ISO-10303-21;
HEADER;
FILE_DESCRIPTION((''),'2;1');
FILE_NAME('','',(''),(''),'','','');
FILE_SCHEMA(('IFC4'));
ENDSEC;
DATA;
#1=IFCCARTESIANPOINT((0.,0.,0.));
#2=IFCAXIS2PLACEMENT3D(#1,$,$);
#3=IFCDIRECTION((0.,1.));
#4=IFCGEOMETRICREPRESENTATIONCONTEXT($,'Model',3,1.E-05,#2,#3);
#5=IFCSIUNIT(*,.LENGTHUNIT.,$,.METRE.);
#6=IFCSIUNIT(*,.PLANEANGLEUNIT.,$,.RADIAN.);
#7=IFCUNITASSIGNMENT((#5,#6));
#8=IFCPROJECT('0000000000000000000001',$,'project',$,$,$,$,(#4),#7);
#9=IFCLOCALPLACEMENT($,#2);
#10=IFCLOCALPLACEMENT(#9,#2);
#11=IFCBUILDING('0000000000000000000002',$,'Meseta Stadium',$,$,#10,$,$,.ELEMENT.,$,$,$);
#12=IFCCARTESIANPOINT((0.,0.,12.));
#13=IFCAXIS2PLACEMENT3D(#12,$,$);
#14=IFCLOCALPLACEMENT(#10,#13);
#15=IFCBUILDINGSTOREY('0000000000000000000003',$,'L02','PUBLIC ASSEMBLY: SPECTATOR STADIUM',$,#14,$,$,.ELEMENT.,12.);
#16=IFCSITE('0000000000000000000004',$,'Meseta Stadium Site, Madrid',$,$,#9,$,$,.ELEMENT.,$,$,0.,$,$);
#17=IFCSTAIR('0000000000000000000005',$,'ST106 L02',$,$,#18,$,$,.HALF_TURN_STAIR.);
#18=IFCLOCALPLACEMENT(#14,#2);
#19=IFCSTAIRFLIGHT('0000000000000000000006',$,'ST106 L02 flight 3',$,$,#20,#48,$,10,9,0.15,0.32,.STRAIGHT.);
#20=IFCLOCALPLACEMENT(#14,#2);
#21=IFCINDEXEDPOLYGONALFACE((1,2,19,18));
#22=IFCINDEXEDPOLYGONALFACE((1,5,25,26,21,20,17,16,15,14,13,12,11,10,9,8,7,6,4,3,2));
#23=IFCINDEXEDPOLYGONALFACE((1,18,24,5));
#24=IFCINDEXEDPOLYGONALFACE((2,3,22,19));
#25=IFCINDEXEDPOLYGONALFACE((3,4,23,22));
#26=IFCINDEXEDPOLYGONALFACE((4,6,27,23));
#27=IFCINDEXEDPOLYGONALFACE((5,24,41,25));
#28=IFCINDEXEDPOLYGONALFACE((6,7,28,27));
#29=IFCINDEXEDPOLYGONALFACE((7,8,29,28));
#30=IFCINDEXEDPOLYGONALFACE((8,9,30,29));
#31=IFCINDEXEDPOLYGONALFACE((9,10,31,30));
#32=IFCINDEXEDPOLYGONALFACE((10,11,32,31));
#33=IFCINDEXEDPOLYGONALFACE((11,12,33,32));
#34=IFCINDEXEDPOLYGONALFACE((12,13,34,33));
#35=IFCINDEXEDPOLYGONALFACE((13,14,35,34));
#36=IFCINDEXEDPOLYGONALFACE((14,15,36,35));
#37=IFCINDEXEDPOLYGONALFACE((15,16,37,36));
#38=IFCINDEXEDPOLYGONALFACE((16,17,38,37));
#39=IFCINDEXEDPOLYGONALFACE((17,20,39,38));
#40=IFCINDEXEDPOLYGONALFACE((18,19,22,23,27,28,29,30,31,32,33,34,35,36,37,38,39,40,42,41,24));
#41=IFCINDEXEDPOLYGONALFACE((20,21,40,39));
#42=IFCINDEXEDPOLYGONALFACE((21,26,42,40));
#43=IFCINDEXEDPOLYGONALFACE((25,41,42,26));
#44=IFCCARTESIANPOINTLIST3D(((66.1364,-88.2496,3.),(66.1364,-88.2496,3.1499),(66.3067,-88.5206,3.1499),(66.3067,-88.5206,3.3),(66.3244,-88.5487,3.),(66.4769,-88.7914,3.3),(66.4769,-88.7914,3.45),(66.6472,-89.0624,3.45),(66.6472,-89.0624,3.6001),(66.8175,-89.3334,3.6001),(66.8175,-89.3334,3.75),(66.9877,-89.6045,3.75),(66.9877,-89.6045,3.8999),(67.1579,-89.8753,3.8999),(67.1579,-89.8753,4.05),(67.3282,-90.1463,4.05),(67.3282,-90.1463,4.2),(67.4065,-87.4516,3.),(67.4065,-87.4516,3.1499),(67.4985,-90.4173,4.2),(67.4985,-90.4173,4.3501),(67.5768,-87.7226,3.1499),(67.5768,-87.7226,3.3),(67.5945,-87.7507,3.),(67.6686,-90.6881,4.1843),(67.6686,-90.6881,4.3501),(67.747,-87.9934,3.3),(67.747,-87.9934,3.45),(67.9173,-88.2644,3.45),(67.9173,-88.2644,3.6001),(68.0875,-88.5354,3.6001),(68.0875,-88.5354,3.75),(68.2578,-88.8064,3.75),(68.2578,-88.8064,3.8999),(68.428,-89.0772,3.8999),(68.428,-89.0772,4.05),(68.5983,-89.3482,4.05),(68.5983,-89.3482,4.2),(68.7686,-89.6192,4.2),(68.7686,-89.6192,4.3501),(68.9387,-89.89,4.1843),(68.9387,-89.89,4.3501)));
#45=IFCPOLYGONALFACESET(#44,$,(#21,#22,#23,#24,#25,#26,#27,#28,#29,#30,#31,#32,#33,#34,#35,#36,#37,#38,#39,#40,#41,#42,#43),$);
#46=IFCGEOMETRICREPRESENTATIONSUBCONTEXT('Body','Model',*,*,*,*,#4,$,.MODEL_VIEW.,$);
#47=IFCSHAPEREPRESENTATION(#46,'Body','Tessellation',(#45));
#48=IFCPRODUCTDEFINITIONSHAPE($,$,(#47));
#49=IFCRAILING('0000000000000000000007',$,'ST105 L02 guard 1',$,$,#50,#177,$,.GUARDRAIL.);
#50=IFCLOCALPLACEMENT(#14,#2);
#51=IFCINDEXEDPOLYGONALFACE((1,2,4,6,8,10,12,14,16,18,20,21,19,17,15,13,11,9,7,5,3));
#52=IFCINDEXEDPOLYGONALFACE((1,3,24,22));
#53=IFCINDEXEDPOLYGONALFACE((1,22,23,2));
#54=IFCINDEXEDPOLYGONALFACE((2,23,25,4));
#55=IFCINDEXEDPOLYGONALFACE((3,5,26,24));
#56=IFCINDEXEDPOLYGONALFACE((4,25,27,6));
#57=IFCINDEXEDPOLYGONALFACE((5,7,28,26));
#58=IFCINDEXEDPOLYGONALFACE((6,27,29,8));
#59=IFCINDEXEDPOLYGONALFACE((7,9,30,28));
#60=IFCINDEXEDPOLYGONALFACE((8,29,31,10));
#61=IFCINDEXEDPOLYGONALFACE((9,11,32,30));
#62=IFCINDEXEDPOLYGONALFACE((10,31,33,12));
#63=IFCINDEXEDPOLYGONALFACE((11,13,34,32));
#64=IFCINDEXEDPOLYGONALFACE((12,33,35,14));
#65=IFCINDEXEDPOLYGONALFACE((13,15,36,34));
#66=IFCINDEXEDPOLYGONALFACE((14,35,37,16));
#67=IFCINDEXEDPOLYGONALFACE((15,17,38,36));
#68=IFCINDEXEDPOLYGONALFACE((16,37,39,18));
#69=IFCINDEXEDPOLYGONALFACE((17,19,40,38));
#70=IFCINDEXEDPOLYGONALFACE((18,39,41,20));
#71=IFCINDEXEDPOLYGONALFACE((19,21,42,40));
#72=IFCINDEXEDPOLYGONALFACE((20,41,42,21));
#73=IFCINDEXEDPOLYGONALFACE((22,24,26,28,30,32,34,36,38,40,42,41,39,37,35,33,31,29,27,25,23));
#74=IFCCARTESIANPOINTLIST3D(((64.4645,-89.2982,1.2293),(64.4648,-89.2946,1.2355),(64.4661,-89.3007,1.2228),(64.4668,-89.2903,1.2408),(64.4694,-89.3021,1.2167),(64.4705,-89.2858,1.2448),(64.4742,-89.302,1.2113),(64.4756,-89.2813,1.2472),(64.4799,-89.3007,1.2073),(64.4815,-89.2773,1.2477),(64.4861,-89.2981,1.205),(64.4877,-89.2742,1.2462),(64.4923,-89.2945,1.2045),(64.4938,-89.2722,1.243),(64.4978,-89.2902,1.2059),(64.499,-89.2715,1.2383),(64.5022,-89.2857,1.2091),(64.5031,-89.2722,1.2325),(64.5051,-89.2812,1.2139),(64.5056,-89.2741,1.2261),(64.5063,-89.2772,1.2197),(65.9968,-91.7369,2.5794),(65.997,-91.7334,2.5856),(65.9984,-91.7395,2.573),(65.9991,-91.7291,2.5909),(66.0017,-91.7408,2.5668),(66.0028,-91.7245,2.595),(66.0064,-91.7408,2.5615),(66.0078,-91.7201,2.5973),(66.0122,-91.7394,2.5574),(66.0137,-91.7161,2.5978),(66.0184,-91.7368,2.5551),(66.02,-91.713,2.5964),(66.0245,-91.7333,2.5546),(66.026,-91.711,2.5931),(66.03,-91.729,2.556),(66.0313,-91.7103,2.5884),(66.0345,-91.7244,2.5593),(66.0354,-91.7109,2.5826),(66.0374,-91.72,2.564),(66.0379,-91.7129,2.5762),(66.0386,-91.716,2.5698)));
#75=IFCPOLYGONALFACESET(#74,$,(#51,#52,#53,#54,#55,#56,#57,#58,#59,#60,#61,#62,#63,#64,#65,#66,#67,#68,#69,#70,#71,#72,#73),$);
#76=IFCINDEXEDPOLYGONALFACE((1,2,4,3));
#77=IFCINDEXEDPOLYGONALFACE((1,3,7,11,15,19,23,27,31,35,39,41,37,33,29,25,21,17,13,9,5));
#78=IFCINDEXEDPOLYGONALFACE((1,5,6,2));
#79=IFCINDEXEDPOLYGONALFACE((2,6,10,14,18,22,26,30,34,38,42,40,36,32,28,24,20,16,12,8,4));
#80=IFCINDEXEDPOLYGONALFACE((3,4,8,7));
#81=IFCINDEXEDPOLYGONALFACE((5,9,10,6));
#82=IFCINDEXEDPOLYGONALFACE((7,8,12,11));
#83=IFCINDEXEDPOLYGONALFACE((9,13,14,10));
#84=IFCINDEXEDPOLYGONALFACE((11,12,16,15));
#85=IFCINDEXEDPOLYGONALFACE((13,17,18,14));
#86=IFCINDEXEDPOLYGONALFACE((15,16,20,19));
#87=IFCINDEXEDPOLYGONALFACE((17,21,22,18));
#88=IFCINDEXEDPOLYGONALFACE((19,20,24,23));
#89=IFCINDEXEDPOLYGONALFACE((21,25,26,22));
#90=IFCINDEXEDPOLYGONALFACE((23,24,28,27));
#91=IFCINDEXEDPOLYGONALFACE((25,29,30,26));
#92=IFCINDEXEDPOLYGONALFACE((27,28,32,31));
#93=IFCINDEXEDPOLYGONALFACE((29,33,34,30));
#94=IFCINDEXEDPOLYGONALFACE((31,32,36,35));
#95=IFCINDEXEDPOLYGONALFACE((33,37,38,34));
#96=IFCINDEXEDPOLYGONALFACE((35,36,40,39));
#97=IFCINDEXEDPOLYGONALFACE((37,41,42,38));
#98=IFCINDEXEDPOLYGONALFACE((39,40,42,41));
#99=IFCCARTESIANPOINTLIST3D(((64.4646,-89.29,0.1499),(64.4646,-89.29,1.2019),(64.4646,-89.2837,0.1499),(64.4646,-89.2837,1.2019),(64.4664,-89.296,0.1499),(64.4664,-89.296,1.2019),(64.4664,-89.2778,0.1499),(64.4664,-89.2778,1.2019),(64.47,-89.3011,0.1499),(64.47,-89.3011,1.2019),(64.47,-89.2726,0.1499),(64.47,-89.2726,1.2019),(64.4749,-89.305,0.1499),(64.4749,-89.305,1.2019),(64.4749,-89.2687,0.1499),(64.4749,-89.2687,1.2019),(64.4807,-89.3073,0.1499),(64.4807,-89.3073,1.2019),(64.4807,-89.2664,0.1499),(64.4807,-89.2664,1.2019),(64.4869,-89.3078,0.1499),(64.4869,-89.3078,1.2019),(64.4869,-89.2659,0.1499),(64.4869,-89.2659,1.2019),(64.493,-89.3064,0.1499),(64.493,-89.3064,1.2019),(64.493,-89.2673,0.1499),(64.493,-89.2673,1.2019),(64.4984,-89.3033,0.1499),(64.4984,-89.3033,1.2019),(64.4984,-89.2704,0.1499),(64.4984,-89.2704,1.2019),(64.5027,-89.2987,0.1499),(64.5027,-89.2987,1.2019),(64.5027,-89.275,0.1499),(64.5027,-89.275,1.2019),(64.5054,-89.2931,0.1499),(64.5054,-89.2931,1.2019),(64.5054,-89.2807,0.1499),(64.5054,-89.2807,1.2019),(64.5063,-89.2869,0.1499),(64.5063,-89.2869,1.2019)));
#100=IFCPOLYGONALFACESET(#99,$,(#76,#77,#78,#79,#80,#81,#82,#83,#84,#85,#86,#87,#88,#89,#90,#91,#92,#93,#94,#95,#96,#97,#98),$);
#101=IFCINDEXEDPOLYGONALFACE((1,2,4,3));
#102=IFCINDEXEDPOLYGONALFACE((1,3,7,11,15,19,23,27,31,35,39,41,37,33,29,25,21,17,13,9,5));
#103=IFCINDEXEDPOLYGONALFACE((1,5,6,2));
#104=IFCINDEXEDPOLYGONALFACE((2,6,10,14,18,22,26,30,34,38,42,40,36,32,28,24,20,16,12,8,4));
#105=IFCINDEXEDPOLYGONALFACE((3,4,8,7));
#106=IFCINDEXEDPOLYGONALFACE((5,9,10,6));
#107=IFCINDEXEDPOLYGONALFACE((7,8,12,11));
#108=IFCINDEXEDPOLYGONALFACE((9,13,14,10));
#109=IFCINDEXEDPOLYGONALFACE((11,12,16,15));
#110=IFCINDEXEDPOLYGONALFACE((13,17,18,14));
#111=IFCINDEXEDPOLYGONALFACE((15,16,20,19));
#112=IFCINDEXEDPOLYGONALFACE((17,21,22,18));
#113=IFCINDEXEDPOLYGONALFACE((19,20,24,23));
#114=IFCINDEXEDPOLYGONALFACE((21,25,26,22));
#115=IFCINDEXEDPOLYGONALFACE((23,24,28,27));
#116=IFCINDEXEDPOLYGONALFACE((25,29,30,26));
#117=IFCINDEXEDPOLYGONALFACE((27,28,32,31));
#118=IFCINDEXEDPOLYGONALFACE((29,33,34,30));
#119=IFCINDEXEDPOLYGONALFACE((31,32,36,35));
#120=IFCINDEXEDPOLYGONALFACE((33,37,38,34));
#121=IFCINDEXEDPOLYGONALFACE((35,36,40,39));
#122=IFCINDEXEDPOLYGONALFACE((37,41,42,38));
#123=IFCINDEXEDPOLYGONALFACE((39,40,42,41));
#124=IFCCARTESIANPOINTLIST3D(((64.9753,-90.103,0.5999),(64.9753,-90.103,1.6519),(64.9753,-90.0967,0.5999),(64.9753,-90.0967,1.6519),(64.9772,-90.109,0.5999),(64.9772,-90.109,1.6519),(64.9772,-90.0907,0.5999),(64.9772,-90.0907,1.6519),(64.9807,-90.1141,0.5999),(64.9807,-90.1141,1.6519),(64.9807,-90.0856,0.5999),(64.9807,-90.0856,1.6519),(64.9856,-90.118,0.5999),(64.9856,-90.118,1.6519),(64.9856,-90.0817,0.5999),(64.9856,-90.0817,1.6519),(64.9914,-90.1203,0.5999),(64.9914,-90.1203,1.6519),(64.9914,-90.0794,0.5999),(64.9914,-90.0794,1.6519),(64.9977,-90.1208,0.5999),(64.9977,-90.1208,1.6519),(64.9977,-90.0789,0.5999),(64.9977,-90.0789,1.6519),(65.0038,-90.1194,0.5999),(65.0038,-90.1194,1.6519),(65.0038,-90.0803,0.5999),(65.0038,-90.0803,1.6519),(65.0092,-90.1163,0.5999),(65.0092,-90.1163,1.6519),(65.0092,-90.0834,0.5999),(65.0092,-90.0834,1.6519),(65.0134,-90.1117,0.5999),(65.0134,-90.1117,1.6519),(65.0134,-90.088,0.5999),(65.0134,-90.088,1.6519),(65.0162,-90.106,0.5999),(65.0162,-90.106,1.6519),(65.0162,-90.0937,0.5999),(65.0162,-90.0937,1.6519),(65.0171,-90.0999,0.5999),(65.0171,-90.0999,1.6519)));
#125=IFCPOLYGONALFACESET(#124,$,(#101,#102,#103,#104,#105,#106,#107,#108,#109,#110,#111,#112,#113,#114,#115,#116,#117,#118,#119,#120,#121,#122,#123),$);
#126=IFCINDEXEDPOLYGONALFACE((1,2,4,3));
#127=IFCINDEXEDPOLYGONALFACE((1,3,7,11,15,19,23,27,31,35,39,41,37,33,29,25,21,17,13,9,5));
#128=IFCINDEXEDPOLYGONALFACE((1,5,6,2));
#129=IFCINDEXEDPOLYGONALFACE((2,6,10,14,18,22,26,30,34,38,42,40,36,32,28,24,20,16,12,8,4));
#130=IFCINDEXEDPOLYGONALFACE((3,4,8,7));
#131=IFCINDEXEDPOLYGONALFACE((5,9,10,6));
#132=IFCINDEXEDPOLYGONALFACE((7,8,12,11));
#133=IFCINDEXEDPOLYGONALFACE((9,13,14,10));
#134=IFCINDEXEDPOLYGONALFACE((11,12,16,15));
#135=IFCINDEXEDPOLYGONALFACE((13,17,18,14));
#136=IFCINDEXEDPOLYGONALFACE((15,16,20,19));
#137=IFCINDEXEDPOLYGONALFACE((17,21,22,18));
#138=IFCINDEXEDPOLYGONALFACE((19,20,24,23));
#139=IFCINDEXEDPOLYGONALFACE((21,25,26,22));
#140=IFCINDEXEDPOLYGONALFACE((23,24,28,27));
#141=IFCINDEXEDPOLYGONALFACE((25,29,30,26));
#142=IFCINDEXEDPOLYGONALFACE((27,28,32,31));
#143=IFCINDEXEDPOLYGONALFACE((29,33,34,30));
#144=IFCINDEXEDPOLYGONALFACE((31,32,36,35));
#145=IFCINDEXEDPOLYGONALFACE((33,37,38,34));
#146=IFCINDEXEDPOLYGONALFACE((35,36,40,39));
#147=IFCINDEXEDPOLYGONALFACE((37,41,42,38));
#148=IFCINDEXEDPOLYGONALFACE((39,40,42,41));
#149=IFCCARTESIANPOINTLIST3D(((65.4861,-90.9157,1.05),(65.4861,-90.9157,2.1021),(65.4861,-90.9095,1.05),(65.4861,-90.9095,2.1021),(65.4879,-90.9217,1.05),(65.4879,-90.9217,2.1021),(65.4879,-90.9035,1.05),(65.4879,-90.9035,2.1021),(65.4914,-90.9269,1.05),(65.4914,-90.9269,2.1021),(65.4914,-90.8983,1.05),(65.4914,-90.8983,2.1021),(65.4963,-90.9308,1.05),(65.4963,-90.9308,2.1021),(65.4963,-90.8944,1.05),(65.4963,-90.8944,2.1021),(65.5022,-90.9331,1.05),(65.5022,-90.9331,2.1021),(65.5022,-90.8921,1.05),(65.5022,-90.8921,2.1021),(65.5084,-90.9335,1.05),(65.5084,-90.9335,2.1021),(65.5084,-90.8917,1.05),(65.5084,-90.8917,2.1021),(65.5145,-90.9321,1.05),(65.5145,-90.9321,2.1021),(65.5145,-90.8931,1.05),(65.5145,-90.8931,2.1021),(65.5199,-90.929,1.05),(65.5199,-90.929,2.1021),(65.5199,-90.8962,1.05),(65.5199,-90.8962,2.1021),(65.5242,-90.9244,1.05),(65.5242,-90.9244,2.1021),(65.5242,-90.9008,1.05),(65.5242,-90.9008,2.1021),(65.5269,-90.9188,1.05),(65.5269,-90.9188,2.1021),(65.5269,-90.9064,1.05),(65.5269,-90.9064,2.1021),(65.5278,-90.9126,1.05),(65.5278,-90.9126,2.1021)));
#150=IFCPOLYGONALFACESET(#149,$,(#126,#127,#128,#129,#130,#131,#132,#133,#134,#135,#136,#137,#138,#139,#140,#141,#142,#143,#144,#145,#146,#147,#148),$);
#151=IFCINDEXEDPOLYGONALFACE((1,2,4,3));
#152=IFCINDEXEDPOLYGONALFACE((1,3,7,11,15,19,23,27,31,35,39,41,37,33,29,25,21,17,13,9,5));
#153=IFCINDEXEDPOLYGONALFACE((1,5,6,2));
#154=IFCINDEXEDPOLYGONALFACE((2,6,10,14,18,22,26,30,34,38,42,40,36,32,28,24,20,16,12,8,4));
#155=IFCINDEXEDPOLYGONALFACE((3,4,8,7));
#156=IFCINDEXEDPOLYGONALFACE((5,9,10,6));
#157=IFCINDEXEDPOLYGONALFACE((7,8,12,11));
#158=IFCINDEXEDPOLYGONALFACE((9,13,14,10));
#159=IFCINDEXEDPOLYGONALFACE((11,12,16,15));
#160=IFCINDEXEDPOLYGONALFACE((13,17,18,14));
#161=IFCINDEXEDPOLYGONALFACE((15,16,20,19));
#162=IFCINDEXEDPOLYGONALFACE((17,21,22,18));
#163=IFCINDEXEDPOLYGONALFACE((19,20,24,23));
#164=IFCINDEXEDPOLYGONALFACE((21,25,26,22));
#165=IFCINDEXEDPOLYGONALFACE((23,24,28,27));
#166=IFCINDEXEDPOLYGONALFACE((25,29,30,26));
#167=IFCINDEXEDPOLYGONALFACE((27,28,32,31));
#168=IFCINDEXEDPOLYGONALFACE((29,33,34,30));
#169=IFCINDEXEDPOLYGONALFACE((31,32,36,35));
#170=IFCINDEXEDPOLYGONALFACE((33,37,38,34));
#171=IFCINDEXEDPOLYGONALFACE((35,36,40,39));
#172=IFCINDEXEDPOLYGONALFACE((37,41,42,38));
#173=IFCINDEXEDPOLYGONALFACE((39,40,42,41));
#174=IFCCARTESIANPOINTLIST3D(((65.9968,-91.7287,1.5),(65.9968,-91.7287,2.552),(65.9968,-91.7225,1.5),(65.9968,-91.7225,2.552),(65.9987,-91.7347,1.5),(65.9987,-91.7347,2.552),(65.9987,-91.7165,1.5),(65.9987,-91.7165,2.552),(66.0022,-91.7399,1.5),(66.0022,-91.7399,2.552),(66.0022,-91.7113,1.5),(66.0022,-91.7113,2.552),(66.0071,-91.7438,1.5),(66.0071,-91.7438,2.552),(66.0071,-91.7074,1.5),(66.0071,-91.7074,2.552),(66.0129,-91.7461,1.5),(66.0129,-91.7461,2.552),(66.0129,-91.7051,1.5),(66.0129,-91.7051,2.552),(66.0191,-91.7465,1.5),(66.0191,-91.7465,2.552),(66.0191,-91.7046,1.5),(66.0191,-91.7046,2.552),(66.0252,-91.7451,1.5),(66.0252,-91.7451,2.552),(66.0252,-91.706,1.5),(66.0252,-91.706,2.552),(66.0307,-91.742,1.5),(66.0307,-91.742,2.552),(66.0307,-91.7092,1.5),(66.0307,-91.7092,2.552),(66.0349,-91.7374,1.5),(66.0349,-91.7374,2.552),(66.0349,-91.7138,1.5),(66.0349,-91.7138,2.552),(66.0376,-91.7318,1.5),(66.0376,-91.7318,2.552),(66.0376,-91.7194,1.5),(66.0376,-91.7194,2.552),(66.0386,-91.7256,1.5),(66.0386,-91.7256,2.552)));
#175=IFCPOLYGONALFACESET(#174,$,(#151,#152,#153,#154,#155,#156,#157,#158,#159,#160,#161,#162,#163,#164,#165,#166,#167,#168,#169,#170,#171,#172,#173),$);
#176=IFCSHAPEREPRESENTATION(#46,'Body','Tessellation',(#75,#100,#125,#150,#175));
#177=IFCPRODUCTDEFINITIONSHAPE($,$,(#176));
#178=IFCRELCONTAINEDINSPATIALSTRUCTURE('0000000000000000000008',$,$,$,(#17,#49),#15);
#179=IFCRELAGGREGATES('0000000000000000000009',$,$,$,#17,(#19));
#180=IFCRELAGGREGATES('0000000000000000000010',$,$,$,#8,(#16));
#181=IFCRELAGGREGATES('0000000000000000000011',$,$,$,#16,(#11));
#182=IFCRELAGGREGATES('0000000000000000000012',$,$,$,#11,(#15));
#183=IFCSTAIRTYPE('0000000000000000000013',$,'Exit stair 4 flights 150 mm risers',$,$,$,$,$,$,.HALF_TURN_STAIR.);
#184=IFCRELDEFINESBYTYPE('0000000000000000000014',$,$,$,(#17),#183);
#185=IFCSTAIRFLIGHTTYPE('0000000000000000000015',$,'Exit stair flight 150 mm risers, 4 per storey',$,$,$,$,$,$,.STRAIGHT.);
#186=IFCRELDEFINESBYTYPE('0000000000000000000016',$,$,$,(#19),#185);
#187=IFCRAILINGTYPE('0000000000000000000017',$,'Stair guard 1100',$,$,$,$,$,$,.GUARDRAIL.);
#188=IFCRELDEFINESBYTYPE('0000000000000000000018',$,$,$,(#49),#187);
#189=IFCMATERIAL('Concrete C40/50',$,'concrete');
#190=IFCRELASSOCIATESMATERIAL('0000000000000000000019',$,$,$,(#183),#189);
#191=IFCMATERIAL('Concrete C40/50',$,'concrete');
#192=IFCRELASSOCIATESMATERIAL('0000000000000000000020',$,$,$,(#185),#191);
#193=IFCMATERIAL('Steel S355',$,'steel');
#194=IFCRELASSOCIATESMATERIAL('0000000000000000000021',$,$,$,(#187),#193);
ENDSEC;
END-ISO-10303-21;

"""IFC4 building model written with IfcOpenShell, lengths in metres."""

from ifc_helpers import new_model, si_unit, direction, frame, origin, origin_2d, place, context, subcontext, project, spatial, polyline, circle, outline, extrude, material, type_object, element, aggregate, save


model = new_model("IFC4")

# Units and contexts
model_context = context("Model", 3, precision=1e-05, world=origin(), true_north=direction((0.0, 1.0)))
body_context = subcontext(model_context, "Body", "Model", "MODEL_VIEW")
ifc_project = project(units=[si_unit("LENGTHUNIT", "METRE"), si_unit("PLANEANGLEUNIT", "RADIAN")], contexts=[model_context])

# Site, building, storey
site_placement = place(None, origin())
site = spatial("IfcSite", under=ifc_project, at=site_placement, Name="Meseta Stadium Site, Madrid", CompositionType="ELEMENT", RefElevation=0.0)
building_placement = place(site_placement, origin())
building = spatial("IfcBuilding", under=site, at=building_placement, Name="Meseta Stadium", CompositionType="ELEMENT")
storey_placement = place(building_placement, frame((0.0, 0.0, 12.0)))
storey = spatial("IfcBuildingStorey", under=building, at=storey_placement, Name="L02", Description="PUBLIC ASSEMBLY: SPECTATOR STADIUM", CompositionType="ELEMENT", Elevation=12.0)

# Stair, stair flight
ifc_material_1 = material(Name="Concrete C40/50", Category="concrete")
stair_type = type_object("IfcStairType", Name="Exit stair 4 flights 150 mm risers", PredefinedType="HALF_TURN_STAIR", material=ifc_material_1)
ifc_material_2 = material(Name="Concrete C40/50", Category="concrete")
stair_flight_type = type_object("IfcStairFlightType", Name="Exit stair flight 150 mm risers, 4 per storey", PredefinedType="STRAIGHT", material=ifc_material_2)
stair_1_placement = place(storey_placement, origin())
stair_1 = element("IfcStair", 1, at=stair_1_placement, inside=storey, type_object=stair_type, Name="ST106 L02", PredefinedType="HALF_TURN_STAIR")
stair_flight_1_placement = place(storey_placement, frame((66.7715, -87.8506, 3.0), z_axis=(0.0, 0.0, 1.0), x_axis=(0.532032, -0.846724, 0.0)))
stair_flight_1 = element("IfcStairFlight", 2, at=stair_flight_1_placement, type_object=stair_flight_type, Name="ST106 L02 flight 3", NumberOfRisers=10, NumberOfTreads=9, PredefinedType="STRAIGHT", RiserHeight=0.15, TreadLength=0.32, context=body_context, shape_type="SweptSolid", body=[
    extrude(outline(polyline([(0.0, 0.0), (0.0, 0.1499), (0.3201, 0.1499), (0.3201, 0.3), (0.6399, 0.3), (0.6399, 0.45), (0.96, 0.45), (0.96, 0.6001), (1.28, 0.6001), (1.28, 0.75), (1.6001, 0.75), (1.6001, 0.8999), (1.9199, 0.8999), (1.9199, 1.05), (2.24, 1.05), (2.24, 1.2), (2.5601, 1.2), (2.5601, 1.3501), (2.8799, 1.3501), (2.8799, 1.1843), (0.3533, 0.0), (0.0, 0.0)])), frame((0.0, 0.75, 0.0), z_axis=(0.0, -1.0, 0.0), x_axis=(1.0, 0.0, 0.0)), (0.0, 0.0, 1.0), 1.5),
])
aggregate(stair_1, [stair_flight_1])

# Railing
ifc_material_3 = material(Name="Steel S355", Category="steel")
railing_type_1 = type_object("IfcRailingType", Name="Stair guard 1100", PredefinedType="GUARDRAIL", material=ifc_material_3)
railing_1_placement = place(storey_placement, frame((64.4854, -89.2869, 0.1499)))
element("IfcRailing", 3, at=railing_1_placement, inside=storey, type_object=railing_type_1, Name="ST105 L02 guard 1", PredefinedType="GUARDRAIL", context=body_context, shape_type="SweptSolid", body=[
    extrude(circle(Radius=0.0239, at=origin_2d()), frame((0.0, 0.0, 1.0762), z_axis=(0.481703, -0.766687, 0.424445), x_axis=(0.846743, 0.532001, 0.0)), (0.0, 0.0, 1.0), 3.1809),
    extrude(circle(Radius=0.021, at=origin_2d()), origin(), (0.0, 0.0, 1.0), 1.052),
    extrude(circle(Radius=0.021, at=origin_2d()), frame((0.5107, -0.813, 0.45)), (0.0, 0.0, 1.0), 1.052),
    extrude(circle(Radius=0.021, at=origin_2d()), frame((1.0215, -1.6257, 0.9001)), (0.0, 0.0, 1.0), 1.052),
    extrude(circle(Radius=0.021, at=origin_2d()), frame((1.5322, -2.4387, 1.3501)), (0.0, 0.0, 1.0), 1.052),
])

save(model, "model.ifc")
